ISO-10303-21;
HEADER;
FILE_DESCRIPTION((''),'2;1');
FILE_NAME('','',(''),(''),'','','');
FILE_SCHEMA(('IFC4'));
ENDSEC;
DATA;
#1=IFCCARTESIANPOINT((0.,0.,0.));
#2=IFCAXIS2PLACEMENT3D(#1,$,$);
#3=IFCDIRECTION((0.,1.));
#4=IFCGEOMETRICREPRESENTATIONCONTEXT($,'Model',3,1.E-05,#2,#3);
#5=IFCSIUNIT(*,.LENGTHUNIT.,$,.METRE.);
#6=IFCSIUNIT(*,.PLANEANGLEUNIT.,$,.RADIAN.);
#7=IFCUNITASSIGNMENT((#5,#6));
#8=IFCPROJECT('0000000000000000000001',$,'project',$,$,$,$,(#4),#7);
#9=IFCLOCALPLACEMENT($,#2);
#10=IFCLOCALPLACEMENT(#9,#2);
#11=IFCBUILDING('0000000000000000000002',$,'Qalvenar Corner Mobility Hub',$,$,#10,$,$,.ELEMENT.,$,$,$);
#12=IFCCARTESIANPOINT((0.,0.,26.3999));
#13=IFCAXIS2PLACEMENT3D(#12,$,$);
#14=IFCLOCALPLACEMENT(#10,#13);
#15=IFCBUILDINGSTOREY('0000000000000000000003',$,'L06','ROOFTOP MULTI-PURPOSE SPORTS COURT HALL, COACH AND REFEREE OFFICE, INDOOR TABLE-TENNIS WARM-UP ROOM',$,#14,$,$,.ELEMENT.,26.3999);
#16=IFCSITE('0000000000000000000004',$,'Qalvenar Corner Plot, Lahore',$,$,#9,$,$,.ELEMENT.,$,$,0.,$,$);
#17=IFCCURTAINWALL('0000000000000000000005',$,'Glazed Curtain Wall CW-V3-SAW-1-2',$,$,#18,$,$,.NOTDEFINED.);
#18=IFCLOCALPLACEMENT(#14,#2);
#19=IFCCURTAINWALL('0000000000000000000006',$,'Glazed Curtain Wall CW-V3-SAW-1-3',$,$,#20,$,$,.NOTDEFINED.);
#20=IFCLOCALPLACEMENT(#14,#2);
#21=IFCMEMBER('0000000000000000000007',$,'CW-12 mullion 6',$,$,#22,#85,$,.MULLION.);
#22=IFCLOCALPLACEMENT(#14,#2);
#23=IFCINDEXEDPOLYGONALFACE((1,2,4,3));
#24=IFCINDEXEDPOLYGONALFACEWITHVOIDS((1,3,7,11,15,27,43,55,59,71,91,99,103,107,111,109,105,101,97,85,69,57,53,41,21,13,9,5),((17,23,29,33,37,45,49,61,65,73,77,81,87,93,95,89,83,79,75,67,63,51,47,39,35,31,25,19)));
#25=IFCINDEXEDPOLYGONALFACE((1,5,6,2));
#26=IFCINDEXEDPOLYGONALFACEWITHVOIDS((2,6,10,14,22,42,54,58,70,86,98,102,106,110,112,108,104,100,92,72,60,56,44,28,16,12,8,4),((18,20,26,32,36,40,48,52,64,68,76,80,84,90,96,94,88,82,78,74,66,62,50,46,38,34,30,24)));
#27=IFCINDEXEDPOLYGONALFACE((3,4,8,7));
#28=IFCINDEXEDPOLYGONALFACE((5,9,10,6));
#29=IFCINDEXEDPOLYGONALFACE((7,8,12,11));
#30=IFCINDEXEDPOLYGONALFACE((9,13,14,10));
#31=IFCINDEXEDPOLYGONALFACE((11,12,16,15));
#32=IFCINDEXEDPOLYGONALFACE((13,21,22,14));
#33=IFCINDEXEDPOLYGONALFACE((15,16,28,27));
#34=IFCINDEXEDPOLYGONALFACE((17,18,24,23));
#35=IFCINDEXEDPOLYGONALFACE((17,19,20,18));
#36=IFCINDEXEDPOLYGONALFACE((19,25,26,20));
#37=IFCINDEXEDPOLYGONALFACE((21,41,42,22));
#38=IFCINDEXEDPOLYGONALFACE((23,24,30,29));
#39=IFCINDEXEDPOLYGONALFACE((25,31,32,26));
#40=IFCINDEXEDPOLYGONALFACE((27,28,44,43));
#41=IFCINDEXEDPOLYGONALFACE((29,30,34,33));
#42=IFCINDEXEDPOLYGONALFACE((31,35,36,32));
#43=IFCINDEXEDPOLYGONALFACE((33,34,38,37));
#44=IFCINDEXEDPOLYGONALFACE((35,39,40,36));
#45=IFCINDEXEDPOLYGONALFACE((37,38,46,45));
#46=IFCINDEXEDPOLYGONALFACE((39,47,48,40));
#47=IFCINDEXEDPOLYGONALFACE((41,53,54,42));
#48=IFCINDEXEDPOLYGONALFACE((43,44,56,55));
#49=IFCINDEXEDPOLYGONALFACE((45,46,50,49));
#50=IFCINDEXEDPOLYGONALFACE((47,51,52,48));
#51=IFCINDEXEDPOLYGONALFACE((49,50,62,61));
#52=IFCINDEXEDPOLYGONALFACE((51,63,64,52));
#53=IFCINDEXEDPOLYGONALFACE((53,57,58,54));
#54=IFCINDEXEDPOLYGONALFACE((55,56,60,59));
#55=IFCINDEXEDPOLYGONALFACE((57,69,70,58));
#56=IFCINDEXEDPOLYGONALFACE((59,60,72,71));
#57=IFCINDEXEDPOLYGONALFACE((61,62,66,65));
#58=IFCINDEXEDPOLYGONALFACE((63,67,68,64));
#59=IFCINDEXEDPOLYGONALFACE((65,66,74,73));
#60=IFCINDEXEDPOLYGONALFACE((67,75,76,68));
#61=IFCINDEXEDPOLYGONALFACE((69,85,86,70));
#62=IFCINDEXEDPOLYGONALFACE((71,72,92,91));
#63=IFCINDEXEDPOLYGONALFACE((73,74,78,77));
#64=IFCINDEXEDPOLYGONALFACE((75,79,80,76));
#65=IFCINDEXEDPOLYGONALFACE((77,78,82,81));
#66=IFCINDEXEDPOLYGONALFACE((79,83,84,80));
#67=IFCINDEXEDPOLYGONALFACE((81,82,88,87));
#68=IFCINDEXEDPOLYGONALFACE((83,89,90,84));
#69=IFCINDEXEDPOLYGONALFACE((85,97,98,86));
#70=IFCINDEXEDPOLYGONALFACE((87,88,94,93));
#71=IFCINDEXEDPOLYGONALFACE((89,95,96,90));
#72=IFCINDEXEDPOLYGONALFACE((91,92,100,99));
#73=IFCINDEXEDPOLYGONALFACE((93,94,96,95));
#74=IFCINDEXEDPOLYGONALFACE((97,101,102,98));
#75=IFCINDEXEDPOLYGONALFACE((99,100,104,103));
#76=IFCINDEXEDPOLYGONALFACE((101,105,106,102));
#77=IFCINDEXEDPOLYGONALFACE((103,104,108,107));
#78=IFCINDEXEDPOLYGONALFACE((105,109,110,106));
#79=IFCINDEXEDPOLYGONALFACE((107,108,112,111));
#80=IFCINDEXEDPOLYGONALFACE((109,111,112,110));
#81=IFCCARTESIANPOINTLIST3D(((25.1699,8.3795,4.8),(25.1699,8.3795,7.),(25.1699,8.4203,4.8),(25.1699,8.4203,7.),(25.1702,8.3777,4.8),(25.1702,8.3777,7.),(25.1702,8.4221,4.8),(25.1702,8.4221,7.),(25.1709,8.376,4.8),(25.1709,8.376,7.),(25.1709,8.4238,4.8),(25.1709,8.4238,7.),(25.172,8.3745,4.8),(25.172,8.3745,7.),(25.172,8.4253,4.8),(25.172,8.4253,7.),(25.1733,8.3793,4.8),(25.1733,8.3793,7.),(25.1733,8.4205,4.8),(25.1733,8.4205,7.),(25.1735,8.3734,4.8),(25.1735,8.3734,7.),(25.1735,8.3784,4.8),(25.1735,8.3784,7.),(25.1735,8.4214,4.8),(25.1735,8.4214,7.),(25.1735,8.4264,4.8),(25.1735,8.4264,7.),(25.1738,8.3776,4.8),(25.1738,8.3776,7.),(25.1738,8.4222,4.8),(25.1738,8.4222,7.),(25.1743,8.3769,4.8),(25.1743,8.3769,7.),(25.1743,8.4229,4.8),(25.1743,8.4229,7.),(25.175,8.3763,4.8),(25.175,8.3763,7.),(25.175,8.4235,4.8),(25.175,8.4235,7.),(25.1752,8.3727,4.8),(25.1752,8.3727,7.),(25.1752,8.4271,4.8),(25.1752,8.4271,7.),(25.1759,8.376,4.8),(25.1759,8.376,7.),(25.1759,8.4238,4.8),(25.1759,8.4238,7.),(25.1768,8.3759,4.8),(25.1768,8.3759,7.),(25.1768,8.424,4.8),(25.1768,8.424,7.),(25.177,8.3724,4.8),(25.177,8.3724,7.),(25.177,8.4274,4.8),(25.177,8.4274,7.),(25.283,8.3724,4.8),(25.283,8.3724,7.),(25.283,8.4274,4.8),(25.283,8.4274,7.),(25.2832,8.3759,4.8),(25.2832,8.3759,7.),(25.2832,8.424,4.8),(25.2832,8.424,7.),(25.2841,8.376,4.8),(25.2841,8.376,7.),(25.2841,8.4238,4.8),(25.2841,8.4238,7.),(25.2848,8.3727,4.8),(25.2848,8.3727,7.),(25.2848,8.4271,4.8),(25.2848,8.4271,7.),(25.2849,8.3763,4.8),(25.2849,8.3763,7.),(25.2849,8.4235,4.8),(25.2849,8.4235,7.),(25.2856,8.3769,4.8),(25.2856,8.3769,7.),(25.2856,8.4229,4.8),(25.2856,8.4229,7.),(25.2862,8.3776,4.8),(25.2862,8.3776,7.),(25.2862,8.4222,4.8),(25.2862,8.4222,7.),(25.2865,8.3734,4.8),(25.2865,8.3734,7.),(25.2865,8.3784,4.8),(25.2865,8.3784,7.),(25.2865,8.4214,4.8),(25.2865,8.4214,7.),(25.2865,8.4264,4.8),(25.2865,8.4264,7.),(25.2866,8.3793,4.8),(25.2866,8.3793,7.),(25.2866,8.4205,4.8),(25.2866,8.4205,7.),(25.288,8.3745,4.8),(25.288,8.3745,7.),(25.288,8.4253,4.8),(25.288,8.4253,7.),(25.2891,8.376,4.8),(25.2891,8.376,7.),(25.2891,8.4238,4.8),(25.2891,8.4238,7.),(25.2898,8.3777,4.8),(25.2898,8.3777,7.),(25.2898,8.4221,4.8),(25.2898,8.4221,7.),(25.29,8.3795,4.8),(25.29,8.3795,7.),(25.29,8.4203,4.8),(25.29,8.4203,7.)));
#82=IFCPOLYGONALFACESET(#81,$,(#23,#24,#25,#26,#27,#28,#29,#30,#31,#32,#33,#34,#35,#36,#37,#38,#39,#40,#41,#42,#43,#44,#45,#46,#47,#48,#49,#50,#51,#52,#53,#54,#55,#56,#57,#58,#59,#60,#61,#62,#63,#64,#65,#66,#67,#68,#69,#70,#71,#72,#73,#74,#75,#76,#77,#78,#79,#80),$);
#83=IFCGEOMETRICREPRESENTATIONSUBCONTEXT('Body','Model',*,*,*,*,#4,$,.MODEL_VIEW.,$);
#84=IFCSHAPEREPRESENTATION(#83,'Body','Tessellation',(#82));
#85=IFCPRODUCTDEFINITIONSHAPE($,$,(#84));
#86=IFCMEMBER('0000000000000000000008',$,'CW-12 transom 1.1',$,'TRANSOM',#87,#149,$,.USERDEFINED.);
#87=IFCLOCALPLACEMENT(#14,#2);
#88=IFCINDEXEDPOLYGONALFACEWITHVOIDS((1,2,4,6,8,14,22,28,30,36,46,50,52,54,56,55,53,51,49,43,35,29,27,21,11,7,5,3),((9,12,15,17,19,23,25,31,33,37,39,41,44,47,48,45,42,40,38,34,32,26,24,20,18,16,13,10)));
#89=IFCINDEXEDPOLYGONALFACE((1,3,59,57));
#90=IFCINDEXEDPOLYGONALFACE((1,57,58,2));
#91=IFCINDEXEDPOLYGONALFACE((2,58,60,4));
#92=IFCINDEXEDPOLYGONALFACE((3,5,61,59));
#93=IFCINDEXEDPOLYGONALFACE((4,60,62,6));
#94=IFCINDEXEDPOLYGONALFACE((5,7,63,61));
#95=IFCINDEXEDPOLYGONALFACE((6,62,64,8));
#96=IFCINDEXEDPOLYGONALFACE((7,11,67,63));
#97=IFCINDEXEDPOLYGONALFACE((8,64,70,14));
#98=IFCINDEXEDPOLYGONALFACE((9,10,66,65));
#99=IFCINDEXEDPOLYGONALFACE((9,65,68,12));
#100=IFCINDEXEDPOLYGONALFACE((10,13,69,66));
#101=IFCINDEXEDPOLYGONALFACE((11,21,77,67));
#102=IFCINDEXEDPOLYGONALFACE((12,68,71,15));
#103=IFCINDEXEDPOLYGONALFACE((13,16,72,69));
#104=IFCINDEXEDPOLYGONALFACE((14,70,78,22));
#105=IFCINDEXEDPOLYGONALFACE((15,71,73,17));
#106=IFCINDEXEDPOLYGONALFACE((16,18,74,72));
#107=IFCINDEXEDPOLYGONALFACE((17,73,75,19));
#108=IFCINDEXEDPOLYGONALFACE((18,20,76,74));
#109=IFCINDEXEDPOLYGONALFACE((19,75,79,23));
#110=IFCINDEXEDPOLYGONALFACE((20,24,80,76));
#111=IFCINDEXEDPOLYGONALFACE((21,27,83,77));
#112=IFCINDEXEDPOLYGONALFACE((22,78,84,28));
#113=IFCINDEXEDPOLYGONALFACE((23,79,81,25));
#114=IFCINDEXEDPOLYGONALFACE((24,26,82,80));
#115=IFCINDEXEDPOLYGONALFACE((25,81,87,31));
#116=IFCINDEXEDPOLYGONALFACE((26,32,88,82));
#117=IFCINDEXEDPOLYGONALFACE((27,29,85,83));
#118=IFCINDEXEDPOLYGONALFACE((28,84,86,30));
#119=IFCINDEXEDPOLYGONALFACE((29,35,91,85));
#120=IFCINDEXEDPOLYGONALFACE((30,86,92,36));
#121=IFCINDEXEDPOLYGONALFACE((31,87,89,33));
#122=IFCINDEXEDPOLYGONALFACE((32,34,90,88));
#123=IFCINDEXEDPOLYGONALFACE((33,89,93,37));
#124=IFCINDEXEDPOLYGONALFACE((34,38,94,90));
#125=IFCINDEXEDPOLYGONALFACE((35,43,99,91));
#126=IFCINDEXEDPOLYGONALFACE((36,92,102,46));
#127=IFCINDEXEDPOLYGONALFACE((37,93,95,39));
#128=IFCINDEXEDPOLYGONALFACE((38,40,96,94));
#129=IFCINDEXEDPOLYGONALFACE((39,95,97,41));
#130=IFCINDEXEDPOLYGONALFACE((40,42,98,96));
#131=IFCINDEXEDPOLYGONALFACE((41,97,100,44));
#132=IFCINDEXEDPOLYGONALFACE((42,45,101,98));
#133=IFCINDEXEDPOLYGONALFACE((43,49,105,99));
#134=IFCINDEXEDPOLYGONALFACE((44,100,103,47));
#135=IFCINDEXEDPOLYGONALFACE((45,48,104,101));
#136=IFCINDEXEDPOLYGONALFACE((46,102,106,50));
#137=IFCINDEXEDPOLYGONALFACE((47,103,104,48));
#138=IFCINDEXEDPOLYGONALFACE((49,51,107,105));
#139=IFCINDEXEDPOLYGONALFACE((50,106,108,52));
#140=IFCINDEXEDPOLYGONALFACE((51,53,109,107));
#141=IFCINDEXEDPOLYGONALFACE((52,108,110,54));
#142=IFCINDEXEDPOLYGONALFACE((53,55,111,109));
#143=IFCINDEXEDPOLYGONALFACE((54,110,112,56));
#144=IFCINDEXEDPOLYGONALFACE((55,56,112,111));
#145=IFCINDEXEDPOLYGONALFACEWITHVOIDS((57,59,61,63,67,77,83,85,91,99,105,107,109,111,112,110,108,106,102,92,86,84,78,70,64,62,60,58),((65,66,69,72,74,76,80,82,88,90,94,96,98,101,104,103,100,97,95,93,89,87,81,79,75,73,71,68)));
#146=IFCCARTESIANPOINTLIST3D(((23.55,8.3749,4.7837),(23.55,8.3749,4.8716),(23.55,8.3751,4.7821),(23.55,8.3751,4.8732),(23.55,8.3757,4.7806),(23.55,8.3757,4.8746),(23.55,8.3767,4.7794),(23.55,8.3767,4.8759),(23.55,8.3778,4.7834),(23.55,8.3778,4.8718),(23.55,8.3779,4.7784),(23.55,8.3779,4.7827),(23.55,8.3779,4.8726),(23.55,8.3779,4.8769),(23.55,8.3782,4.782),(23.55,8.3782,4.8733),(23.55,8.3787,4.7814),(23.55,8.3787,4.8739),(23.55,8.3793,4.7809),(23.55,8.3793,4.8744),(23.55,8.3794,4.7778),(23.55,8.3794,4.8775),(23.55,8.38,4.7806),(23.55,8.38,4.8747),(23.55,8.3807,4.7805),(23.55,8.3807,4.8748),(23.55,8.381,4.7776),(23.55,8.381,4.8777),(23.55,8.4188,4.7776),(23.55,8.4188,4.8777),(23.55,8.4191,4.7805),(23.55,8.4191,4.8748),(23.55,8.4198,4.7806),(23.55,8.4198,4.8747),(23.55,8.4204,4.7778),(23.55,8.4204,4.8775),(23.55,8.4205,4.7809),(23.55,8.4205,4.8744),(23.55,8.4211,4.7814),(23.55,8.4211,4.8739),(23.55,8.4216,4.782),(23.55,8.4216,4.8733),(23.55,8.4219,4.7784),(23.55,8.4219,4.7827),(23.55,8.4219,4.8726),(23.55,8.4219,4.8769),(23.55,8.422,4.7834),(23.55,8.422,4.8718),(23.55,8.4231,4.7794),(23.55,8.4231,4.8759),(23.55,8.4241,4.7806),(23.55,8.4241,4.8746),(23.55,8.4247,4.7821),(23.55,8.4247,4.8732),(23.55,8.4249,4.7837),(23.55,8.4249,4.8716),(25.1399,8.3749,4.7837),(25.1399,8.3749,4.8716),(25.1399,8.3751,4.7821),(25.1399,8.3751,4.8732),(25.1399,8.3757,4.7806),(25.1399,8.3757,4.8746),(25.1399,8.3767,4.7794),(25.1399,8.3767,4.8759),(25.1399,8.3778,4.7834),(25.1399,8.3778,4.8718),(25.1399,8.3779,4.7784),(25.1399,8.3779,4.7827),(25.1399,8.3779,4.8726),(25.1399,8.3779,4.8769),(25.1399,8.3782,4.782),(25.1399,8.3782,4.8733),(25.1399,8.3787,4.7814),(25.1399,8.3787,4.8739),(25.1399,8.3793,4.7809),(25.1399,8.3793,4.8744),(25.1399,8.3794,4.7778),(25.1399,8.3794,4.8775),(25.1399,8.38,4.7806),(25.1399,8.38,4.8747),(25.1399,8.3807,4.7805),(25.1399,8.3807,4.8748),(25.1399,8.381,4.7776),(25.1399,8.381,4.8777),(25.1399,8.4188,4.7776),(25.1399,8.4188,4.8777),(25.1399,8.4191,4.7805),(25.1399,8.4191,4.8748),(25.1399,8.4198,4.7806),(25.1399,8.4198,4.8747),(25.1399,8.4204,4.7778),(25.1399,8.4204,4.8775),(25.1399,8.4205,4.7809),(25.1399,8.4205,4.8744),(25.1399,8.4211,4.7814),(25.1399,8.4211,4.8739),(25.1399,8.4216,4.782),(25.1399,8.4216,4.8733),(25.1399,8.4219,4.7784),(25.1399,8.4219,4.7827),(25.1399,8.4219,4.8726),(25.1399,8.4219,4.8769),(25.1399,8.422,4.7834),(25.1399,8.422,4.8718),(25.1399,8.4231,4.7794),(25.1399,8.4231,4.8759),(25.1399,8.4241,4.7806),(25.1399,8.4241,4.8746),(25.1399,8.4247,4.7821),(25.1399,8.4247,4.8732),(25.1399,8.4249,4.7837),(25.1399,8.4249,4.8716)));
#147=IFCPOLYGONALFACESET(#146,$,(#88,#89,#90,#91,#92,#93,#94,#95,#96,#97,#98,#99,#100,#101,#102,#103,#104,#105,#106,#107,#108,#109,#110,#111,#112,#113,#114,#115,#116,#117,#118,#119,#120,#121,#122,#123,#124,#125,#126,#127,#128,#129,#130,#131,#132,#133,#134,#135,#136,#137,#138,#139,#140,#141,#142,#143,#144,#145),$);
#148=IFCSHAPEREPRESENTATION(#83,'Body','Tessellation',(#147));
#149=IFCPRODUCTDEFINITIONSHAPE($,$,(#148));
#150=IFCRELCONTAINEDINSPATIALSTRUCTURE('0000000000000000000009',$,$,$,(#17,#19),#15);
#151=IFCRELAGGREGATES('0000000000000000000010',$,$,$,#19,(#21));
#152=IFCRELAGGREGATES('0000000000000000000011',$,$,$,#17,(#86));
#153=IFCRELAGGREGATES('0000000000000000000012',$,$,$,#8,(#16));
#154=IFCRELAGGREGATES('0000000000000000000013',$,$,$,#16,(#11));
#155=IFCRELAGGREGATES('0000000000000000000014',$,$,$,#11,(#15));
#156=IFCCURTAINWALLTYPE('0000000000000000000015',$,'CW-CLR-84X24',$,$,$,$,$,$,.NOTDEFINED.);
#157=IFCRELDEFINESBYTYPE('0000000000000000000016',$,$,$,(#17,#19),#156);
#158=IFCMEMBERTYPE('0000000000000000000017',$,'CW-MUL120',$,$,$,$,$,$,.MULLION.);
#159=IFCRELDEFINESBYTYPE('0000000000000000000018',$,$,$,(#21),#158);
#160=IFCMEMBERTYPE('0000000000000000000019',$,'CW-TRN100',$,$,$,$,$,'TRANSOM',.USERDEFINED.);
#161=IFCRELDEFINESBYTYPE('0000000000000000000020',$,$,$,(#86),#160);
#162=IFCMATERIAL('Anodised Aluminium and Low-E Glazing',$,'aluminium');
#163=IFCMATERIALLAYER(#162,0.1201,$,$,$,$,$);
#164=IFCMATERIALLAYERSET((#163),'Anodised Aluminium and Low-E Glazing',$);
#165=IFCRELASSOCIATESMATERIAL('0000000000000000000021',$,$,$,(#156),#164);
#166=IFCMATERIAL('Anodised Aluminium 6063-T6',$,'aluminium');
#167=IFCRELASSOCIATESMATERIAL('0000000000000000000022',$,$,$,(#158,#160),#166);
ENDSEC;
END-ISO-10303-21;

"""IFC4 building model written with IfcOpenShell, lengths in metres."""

from ifc_helpers import new_model, si_unit, direction, frame, origin, origin_2d, place, context, subcontext, project, spatial, hollow_rectangle, extrude, material, layer, layer_set, material_profile, profile_set, type_object, element, aggregate, save


model = new_model("IFC4")

# Units and contexts
model_context = context("Model", 3, precision=1e-05, world=origin(), true_north=direction((0.0, 1.0)))
body_context = subcontext(model_context, "Body", "Model", "MODEL_VIEW")
ifc_project = project(units=[si_unit("LENGTHUNIT", "METRE"), si_unit("PLANEANGLEUNIT", "RADIAN")], contexts=[model_context])

# Site, building, storey
site_placement = place(None, origin())
site = spatial("IfcSite", under=ifc_project, at=site_placement, Name="Qalvenar Corner Plot, Lahore", CompositionType="ELEMENT", RefElevation=0.0)
building_placement = place(site_placement, origin())
building = spatial("IfcBuilding", under=site, at=building_placement, Name="Qalvenar Corner Mobility Hub", CompositionType="ELEMENT")
storey_placement = place(building_placement, frame((0.0, 0.0, 26.3999)))
storey = spatial("IfcBuildingStorey", under=building, at=storey_placement, Name="L06", Description="ROOFTOP MULTI-PURPOSE SPORTS COURT HALL, COACH AND REFEREE OFFICE, INDOOR TABLE-TENNIS WARM-UP ROOM", CompositionType="ELEMENT", Elevation=26.3999)

# Curtain wall
ifc_material_1 = material(Name="Anodised Aluminium and Low-E Glazing", Category="aluminium")
ifc_layer_1 = layer(ifc_material_1, 0.1201)
ifc_layer_set_1 = layer_set([ifc_layer_1], Name="Anodised Aluminium and Low-E Glazing")
curtain_wall_type = type_object("IfcCurtainWallType", Name="CW-CLR-84X24", PredefinedType="NOTDEFINED", material=ifc_layer_set_1)
curtain_wall_1_placement = place(storey_placement, origin())
curtain_wall_1 = element("IfcCurtainWall", 1, at=curtain_wall_1_placement, inside=storey, type_object=curtain_wall_type, Name="Glazed Curtain Wall CW-V3-SAW-1-2", PredefinedType="NOTDEFINED")
ifc_material_2 = material(Name="Anodised Aluminium 6063-T6", Category="aluminium")
ifc_material_profile_1 = material_profile(ifc_material_2, hollow_rectangle(XDim=0.0549, YDim=0.1201, WallThickness=0.0034, InnerFilletRadius=0.0034, OuterFilletRadius=0.0071, at=origin_2d()), Name="RHS120x55x3.5")
ifc_profile_set_1 = profile_set([ifc_material_profile_1], Name="Anodised Aluminium 6063-T6")
member_type_1 = type_object("IfcMemberType", Name="CW-MUL120", PredefinedType="MULLION", material=ifc_profile_set_1)

# Curtain wall, member
curtain_wall_2_placement = place(storey_placement, origin())
curtain_wall_2 = element("IfcCurtainWall", 2, at=curtain_wall_2_placement, inside=storey, type_object=curtain_wall_type, Name="Glazed Curtain Wall CW-V3-SAW-1-3", PredefinedType="NOTDEFINED")
member_1_placement = place(storey_placement, frame((25.23, 8.3999, 4.8), z_axis=(0.0, 0.0, 1.0), x_axis=(0.0, -1.0, 0.0)))
member_1 = element("IfcMember", 3, at=member_1_placement, type_object=member_type_1, Name="CW-12 mullion 6", PredefinedType="MULLION", context=body_context, shape_type="SweptSolid", body=[
    extrude(hollow_rectangle(XDim=0.0549, YDim=0.1201, WallThickness=0.0034, InnerFilletRadius=0.0034, OuterFilletRadius=0.0071, at=origin_2d()), origin(), (0.0, 0.0, 1.0), 2.2),
])
aggregate(curtain_wall_2, [member_1])

# Member
ifc_material_profile_2 = material_profile(ifc_material_2, hollow_rectangle(XDim=0.05, YDim=0.1001, WallThickness=0.0029, InnerFilletRadius=0.0029, OuterFilletRadius=0.0061, at=origin_2d()), Name="RHS100x50x3")
ifc_profile_set_2 = profile_set([ifc_material_profile_2], Name="Anodised Aluminium 6063-T6")
member_type_2 = type_object("IfcMemberType", Name="CW-TRN100", ElementType="TRANSOM", PredefinedType="USERDEFINED", material=ifc_profile_set_2)
member_2_placement = place(storey_placement, frame((25.1399, 8.3999, 4.8276), z_axis=(-1.0, 0.0, 0.0), x_axis=(0.0, -1.0, 0.0)))
member_2 = element("IfcMember", 4, at=member_2_placement, type_object=member_type_2, Name="CW-12 transom 1.1", ObjectType="TRANSOM", PredefinedType="USERDEFINED", context=body_context, shape_type="SweptSolid", body=[
    extrude(hollow_rectangle(XDim=0.05, YDim=0.1001, WallThickness=0.0029, InnerFilletRadius=0.0029, OuterFilletRadius=0.0061, at=origin_2d()), origin(), (0.0, 0.0, 1.0), 1.5898),
])

aggregate(curtain_wall_1, [member_2])

save(model, "model.ifc")
